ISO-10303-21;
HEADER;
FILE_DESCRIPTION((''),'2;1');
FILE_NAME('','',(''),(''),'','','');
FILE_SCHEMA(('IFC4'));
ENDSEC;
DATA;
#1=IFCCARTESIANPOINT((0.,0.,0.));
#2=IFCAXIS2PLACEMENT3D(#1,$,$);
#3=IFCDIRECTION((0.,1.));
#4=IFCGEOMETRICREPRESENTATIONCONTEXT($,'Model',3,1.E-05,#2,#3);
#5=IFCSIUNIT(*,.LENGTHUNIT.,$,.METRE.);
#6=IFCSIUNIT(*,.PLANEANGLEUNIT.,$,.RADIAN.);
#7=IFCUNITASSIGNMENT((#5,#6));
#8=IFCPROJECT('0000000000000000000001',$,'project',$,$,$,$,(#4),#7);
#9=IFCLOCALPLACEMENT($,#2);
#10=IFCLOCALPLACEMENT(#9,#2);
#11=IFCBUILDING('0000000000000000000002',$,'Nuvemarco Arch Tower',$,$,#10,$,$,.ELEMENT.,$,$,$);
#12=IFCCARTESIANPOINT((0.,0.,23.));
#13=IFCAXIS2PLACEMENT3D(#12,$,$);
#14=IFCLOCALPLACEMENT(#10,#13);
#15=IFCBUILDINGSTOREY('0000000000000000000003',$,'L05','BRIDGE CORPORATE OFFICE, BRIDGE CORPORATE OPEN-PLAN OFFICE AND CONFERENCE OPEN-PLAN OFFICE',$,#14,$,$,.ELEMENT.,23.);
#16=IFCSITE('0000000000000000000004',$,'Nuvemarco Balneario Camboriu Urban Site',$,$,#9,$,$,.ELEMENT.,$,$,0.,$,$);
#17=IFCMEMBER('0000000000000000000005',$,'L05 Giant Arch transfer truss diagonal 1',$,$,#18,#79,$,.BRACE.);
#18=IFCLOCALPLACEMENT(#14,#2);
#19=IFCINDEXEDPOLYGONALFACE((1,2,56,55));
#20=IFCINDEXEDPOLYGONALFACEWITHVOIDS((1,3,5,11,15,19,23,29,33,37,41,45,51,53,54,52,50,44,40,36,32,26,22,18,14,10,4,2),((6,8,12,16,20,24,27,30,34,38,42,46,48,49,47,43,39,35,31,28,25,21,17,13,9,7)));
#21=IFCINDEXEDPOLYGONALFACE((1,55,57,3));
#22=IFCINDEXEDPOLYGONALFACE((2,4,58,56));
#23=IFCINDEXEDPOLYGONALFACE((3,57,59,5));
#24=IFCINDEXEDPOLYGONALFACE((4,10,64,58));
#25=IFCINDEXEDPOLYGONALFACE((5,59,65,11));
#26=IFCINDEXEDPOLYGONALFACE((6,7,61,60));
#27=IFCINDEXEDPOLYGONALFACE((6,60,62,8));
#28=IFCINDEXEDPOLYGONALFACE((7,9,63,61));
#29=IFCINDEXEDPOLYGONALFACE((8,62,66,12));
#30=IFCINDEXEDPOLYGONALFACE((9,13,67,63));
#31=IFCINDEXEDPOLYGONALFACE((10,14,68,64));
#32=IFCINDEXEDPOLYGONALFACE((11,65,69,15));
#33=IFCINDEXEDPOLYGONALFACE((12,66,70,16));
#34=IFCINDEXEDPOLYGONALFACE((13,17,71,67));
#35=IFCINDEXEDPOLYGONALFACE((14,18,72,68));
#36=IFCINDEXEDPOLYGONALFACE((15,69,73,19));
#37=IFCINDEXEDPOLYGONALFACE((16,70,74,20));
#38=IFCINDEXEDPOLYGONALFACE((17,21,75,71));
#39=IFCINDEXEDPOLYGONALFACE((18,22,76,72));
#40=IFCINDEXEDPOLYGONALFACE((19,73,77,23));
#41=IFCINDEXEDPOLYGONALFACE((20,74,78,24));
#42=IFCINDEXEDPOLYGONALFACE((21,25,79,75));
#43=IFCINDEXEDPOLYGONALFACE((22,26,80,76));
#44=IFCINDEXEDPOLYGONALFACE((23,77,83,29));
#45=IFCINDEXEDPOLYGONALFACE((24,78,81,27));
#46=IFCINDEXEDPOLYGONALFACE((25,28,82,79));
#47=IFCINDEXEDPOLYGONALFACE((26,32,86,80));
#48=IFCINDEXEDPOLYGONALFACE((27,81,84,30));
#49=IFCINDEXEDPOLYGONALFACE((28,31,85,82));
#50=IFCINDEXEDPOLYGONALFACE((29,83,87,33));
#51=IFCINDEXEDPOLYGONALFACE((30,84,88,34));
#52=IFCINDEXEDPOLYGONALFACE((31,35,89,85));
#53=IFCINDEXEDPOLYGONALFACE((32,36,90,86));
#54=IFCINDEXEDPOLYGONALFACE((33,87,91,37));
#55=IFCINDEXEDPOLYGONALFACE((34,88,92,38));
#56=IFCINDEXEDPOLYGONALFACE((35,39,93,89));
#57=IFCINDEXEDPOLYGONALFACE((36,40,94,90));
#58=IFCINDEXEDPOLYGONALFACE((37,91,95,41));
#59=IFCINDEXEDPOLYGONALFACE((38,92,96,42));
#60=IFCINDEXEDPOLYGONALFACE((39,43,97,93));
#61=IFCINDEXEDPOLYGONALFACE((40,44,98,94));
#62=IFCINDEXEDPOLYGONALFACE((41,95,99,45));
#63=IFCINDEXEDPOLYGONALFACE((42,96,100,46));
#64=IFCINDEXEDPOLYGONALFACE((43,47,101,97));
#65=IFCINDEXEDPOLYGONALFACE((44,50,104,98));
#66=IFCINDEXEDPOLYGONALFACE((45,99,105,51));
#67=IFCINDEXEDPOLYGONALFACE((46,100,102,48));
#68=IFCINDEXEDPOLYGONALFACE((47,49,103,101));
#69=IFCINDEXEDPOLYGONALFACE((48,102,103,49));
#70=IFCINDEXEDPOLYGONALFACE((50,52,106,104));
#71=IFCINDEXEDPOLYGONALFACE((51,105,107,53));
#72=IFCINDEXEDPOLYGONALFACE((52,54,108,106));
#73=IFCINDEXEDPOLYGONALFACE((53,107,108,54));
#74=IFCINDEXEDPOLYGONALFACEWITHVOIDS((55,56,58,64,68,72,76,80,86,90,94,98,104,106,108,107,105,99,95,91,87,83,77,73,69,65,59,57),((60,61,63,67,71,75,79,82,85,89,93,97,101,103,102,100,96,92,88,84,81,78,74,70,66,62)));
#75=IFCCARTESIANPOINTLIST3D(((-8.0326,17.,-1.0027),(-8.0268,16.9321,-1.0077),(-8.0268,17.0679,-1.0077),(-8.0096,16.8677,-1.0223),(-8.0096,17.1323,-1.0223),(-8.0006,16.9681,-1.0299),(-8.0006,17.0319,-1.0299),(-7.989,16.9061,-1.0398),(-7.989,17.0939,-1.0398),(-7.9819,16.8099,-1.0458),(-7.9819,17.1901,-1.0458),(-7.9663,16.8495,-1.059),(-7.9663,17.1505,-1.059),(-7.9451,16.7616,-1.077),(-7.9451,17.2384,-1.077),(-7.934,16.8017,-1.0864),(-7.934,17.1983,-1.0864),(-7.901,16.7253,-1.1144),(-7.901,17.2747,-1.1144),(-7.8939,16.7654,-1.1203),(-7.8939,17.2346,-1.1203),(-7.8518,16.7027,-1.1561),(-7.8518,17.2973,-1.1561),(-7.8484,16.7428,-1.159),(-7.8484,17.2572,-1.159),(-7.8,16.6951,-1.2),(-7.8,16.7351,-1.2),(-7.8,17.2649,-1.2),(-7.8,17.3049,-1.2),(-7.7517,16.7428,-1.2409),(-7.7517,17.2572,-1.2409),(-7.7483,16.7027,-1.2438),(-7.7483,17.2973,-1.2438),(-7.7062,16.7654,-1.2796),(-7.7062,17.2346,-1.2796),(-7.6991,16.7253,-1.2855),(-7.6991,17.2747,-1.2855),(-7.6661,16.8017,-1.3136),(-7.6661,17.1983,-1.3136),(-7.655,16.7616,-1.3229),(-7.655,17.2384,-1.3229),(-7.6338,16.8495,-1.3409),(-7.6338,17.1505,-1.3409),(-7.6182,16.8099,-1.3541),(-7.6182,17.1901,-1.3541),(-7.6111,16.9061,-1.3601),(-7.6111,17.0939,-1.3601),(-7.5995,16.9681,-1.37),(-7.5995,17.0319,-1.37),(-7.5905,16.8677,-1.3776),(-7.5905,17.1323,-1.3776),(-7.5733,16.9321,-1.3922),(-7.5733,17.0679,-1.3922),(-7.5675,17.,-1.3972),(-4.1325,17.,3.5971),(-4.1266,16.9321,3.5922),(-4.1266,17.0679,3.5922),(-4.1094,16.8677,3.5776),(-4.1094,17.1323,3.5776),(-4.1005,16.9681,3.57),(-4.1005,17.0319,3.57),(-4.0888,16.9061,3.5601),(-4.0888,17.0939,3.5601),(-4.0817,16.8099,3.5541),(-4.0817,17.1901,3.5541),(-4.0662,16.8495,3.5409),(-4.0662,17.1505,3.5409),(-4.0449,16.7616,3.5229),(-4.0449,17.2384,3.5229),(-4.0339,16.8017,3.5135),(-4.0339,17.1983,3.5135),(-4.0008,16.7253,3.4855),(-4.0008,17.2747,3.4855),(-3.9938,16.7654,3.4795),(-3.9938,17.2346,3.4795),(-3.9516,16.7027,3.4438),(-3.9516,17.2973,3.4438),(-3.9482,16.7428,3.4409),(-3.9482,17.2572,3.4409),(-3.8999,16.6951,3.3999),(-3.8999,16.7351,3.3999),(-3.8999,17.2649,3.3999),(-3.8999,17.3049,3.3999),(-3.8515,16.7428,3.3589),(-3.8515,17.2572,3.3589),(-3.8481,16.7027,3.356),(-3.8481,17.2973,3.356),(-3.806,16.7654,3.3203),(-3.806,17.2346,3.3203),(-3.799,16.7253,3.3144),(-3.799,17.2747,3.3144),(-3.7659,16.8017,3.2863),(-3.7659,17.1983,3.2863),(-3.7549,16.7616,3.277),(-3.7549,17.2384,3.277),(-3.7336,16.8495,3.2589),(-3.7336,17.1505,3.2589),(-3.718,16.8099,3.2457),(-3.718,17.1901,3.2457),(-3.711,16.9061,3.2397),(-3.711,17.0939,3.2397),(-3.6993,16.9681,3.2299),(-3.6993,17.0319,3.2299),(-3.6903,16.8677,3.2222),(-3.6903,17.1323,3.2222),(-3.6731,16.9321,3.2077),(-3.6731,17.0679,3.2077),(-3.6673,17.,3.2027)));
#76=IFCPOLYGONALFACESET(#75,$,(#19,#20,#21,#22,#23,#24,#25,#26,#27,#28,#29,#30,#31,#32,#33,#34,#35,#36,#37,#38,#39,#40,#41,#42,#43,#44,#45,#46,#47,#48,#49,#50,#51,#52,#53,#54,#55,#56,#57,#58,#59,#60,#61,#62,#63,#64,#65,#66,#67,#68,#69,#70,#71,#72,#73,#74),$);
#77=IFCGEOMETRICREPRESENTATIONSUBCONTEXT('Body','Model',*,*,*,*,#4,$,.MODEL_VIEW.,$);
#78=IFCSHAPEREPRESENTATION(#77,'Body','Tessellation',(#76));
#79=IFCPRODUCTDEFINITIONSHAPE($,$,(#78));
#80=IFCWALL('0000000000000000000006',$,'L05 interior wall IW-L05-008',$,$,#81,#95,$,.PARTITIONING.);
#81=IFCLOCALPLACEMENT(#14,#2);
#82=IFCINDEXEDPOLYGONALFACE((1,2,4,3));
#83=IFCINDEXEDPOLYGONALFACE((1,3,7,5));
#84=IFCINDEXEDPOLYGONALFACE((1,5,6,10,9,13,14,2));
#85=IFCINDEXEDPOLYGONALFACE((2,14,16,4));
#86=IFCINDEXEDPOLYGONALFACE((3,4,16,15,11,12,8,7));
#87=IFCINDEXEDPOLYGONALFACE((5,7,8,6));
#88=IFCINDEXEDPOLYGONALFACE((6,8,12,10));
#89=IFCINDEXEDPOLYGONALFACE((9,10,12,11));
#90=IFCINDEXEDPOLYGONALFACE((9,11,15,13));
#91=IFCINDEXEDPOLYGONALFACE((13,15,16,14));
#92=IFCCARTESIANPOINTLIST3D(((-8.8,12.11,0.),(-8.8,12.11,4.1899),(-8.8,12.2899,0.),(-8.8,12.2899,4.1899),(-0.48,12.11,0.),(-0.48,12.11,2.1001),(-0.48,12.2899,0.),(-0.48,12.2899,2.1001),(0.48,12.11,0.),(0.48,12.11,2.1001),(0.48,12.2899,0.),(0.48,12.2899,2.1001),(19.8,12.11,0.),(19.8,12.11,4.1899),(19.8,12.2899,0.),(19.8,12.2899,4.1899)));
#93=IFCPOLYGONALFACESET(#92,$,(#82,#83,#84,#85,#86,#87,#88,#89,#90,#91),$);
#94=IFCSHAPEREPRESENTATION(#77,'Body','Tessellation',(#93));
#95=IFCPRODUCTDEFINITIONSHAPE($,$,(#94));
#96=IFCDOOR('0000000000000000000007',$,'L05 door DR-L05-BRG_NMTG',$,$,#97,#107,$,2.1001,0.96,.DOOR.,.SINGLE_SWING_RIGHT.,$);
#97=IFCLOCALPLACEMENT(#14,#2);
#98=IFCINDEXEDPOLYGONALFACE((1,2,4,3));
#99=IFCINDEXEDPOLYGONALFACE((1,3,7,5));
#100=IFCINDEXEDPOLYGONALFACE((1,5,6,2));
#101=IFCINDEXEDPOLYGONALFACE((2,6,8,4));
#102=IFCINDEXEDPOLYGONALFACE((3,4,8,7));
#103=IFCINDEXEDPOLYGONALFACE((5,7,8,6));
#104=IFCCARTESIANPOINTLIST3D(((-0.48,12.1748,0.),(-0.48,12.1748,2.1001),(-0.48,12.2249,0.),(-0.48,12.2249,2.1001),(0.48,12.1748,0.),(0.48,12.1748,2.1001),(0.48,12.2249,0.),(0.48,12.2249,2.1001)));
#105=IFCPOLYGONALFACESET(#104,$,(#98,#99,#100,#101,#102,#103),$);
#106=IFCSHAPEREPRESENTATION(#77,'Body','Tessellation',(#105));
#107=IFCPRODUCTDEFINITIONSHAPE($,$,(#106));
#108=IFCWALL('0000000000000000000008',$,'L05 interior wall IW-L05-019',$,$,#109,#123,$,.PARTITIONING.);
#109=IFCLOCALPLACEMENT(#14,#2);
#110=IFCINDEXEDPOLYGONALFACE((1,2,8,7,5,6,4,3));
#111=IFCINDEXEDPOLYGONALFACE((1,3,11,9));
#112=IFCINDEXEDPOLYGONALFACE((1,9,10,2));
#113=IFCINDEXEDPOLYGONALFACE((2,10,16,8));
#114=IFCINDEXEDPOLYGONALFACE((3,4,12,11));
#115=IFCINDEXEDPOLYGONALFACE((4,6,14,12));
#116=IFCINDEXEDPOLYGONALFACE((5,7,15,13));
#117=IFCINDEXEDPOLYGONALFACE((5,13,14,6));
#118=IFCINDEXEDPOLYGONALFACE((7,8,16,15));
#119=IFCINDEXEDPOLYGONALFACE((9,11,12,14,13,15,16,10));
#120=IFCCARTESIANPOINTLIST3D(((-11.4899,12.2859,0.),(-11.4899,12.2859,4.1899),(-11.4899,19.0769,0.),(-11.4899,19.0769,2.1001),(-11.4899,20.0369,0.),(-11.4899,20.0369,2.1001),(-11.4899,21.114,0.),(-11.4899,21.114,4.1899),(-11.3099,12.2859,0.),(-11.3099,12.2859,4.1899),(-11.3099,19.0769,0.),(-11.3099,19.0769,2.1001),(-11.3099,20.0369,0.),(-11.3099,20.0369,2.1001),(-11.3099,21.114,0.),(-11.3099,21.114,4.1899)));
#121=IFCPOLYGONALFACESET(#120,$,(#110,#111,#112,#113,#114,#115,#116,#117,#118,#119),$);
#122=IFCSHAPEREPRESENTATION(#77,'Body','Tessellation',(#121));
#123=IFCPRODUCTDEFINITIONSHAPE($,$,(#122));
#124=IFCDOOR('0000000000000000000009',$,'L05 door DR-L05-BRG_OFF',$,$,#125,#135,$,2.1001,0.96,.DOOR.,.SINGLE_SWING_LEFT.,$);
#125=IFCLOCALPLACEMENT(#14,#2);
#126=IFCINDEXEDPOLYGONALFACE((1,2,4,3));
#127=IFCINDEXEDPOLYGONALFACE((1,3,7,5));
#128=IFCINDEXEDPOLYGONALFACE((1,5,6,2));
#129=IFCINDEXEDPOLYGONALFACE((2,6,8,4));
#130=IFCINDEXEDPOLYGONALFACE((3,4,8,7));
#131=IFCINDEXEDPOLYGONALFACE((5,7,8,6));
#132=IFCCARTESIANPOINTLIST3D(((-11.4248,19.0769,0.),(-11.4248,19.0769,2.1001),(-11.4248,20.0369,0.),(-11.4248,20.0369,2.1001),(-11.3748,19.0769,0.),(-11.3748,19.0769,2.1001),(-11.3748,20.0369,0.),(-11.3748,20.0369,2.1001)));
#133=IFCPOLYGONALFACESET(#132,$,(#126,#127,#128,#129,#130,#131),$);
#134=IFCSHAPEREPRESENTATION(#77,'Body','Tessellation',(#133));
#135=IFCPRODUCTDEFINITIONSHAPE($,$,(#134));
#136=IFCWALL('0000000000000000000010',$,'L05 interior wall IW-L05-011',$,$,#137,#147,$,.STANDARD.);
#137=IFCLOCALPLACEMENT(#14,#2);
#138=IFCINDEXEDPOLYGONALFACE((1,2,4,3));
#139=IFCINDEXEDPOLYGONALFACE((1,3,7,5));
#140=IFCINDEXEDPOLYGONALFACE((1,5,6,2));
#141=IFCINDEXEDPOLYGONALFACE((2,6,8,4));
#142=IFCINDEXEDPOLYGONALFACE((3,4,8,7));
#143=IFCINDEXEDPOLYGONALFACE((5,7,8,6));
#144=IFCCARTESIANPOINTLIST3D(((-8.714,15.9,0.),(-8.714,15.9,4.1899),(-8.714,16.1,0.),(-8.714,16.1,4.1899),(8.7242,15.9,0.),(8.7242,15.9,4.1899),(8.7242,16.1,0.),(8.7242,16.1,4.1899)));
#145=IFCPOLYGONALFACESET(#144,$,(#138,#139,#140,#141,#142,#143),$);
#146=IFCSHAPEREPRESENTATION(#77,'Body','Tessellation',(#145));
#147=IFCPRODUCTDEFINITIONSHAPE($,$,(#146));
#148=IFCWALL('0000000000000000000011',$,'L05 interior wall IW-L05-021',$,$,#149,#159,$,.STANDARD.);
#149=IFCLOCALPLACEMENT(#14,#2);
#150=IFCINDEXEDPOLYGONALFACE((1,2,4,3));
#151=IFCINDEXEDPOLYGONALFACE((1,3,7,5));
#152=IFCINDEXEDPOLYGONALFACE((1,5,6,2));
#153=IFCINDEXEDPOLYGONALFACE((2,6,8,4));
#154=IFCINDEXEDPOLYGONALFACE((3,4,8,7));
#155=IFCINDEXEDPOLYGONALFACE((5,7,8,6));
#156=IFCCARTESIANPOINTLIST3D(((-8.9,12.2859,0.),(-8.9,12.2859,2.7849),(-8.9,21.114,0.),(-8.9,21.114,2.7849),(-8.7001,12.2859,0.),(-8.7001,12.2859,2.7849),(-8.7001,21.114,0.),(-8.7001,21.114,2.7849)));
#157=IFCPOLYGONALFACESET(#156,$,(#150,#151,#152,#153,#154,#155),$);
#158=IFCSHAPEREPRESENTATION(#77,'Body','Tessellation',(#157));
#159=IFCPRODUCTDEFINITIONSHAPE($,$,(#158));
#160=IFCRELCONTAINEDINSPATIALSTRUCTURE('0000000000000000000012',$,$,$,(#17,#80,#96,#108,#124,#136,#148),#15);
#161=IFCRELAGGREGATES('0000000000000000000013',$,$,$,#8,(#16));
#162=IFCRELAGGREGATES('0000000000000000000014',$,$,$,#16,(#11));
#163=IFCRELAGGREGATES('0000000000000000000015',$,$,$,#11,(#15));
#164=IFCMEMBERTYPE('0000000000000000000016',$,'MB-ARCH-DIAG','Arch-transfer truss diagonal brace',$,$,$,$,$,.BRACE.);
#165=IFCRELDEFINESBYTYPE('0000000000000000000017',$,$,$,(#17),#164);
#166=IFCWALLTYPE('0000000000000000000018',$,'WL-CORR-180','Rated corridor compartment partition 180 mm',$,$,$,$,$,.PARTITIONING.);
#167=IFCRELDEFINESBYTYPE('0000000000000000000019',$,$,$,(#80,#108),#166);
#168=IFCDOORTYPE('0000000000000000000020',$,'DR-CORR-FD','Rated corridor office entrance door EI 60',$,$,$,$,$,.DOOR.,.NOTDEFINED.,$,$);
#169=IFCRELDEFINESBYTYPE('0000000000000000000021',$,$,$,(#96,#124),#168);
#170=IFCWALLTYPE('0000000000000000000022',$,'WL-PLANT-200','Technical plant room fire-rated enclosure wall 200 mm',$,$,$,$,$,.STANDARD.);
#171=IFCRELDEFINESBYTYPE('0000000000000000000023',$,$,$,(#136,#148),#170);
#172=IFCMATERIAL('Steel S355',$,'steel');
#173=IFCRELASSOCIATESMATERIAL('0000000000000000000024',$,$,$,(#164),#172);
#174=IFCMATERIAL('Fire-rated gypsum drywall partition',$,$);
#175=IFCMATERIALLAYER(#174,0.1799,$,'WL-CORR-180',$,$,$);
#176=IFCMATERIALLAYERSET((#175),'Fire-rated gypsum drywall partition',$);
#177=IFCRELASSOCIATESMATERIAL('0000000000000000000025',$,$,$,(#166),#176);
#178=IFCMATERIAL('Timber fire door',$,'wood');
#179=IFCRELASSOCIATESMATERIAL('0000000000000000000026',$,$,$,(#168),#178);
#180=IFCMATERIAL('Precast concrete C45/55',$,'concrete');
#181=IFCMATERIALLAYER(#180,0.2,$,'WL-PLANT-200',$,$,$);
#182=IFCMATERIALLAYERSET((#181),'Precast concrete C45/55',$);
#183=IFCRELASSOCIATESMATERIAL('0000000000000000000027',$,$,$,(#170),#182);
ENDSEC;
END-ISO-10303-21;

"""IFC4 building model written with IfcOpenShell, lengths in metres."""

from ifc_helpers import new_model, si_unit, direction, frame, frame_2d, origin, origin_2d, place, context, subcontext, project, spatial, rectangle, hollow_circle, extrude, source, transform, mapped, material, layer, layer_set, material_profile, profile_set, type_object, type_shapes, element, fill, save


model = new_model("IFC4")

# Units and contexts
model_context = context("Model", 3, precision=1e-05, world=origin(), true_north=direction((0.0, 1.0)))
body_context = subcontext(model_context, "Body", "Model", "MODEL_VIEW")
ifc_project = project(units=[si_unit("LENGTHUNIT", "METRE"), si_unit("PLANEANGLEUNIT", "RADIAN")], contexts=[model_context])

# Site, building, storey
site_placement = place(None, origin())
site = spatial("IfcSite", under=ifc_project, at=site_placement, Name="Nuvemarco Balneario Camboriu Urban Site", CompositionType="ELEMENT", RefElevation=0.0)
building_placement = place(site_placement, origin())
building = spatial("IfcBuilding", under=site, at=building_placement, Name="Nuvemarco Arch Tower", CompositionType="ELEMENT")
storey_placement = place(building_placement, frame((0.0, 0.0, 23.0)))
storey = spatial("IfcBuildingStorey", under=building, at=storey_placement, Name="L05", Description="BRIDGE CORPORATE OFFICE, BRIDGE CORPORATE OPEN-PLAN OFFICE AND CONFERENCE OPEN-PLAN OFFICE", CompositionType="ELEMENT", Elevation=23.0)

# Shared definitions
ifc_material_1 = material(Name="Steel S355", Category="steel")

# Member
ifc_material_profile_1 = material_profile(ifc_material_1, hollow_circle(Radius=0.3049, WallThickness=0.04, at=origin_2d()), Name="CHS610x40")
ifc_profile_set_1 = profile_set([ifc_material_profile_1], Name="Steel S355")
member_type = type_object("IfcMemberType", Name="MB-ARCH-DIAG", Description="Arch-transfer truss diagonal brace", PredefinedType="BRACE", material=ifc_profile_set_1)
member_placement = place(storey_placement, frame((-7.8, 17.0, -1.2), z_axis=(0.646711, 0.0, 0.762735), x_axis=(0.0, 1.0, 0.0)))
element("IfcMember", 1, at=member_placement, inside=storey, type_object=member_type, Name="L05 Giant Arch transfer truss diagonal 1", PredefinedType="BRACE", context=body_context, shape_type="SweptSolid", body=[
    extrude(hollow_circle(Radius=0.3049, WallThickness=0.04, at=origin_2d()), origin(), (0.0, 0.0, 1.0), 6.0308),
])

# Walls, openings, doors
ifc_material_2 = material(Name="Fire-rated gypsum drywall partition")
ifc_layer_1 = layer(ifc_material_2, 0.1799, Name="WL-CORR-180")
ifc_layer_set_1 = layer_set([ifc_layer_1], Name="Fire-rated gypsum drywall partition")
wall_type_1 = type_object("IfcWallType", Name="WL-CORR-180", Description="Rated corridor compartment partition 180 mm", PredefinedType="PARTITIONING", material=ifc_layer_set_1)
wall_1_placement = place(storey_placement, frame((-8.8, 12.2, 0.0), z_axis=(0.0, 0.0, 1.0), x_axis=(1.0, 0.0, 0.0)))
wall_1 = element("IfcWall", 2, at=wall_1_placement, inside=storey, type_object=wall_type_1, Name="L05 interior wall IW-L05-008", PredefinedType="PARTITIONING", context=body_context, shape_type="SweptSolid", body=[
    extrude(rectangle(XDim=28.6001, YDim=0.1799, at=frame_2d((14.3, 0.0))), origin(), (0.0, 0.0, 1.0), 4.1899),
])
opening_1_placement = place(wall_1_placement, frame((8.3201, 0.0, 0.0)))
opening_1 = element("IfcOpeningElement", 3, at=opening_1_placement, cuts=wall_1, PredefinedType="OPENING", context=body_context, shape_type="SweptSolid", body=[
    extrude(rectangle(XDim=0.96, YDim=2.1001, at=frame_2d((0.48, 1.05))), frame((0.0, 0.0999, 0.0), z_axis=(0.0, -1.0, 0.0), x_axis=(1.0, 0.0, 0.0)), (0.0, 0.0, 1.0), 0.2),
])
ifc_material_3 = material(Name="Timber fire door", Category="wood")
door_type = type_object("IfcDoorType", Name="DR-CORR-FD", Description="Rated corridor office entrance door EI 60", OperationType="NOTDEFINED", PredefinedType="DOOR", material=ifc_material_3)
shared_shape = source(origin(), body_context, "Body", "SweptSolid", [
    extrude(rectangle(XDim=0.96, YDim=2.1001, at=frame_2d((0.48, 1.05))), frame((0.0, 0.0249, 0.0), z_axis=(0.0, -1.0, 0.0), x_axis=(1.0, 0.0, 0.0)), (0.0, 0.0, 1.0), 0.05),
])
type_shapes(door_type, [shared_shape])
door_1_placement = place(opening_1_placement, origin())
door_1 = element("IfcDoor", 4, at=door_1_placement, inside=storey, type_object=door_type, Name="L05 door DR-L05-BRG_NMTG", OperationType="SINGLE_SWING_RIGHT", OverallHeight=2.1001, OverallWidth=0.96, PredefinedType="DOOR", context=body_context, shape_type="MappedRepresentation", body=[
    mapped(shared_shape, transform((0.0, 0.0, 0.0), scale=1.0)),
])
fill(opening_1, door_1)
wall_2_placement = place(storey_placement, frame((-11.3999, 12.2859, 0.0), z_axis=(0.0, 0.0, 1.0), x_axis=(0.0, 1.0, 0.0)))
wall_2 = element("IfcWall", 5, at=wall_2_placement, inside=storey, type_object=wall_type_1, Name="L05 interior wall IW-L05-019", PredefinedType="PARTITIONING", context=body_context, shape_type="SweptSolid", body=[
    extrude(rectangle(XDim=8.8281, YDim=0.1799, at=frame_2d((4.4141, 0.0))), origin(), (0.0, 0.0, 1.0), 4.1899),
])
opening_2_placement = place(wall_2_placement, frame((6.791, 0.0, 0.0)))
opening_2 = element("IfcOpeningElement", 6, at=opening_2_placement, cuts=wall_2, PredefinedType="OPENING", context=body_context, shape_type="SweptSolid", body=[
    extrude(rectangle(XDim=0.96, YDim=2.1001, at=frame_2d((0.48, 1.05))), frame((0.0, 0.0999, 0.0), z_axis=(0.0, -1.0, 0.0), x_axis=(1.0, 0.0, 0.0)), (0.0, 0.0, 1.0), 0.2),
])
door_2_placement = place(opening_2_placement, origin())
door_2 = element("IfcDoor", 7, at=door_2_placement, inside=storey, type_object=door_type, Name="L05 door DR-L05-BRG_OFF", OperationType="SINGLE_SWING_LEFT", OverallHeight=2.1001, OverallWidth=0.96, PredefinedType="DOOR", context=body_context, shape_type="MappedRepresentation", body=[
    mapped(shared_shape, transform((0.0, 0.0, 0.0), scale=1.0)),
])
fill(opening_2, door_2)

# Walls
ifc_material_4 = material(Name="Precast concrete C45/55", Category="concrete")
ifc_layer_2 = layer(ifc_material_4, 0.2, Name="WL-PLANT-200")
ifc_layer_set_2 = layer_set([ifc_layer_2], Name="Precast concrete C45/55")
wall_type_2 = type_object("IfcWallType", Name="WL-PLANT-200", Description="Technical plant room fire-rated enclosure wall 200 mm", PredefinedType="STANDARD", material=ifc_layer_set_2)
wall_3_placement = place(storey_placement, frame((-8.7141, 16.0, 0.0), z_axis=(0.0, 0.0, 1.0), x_axis=(1.0, 0.0, 0.0)))
element("IfcWall", 8, at=wall_3_placement, inside=storey, type_object=wall_type_2, Name="L05 interior wall IW-L05-011", PredefinedType="STANDARD", context=body_context, shape_type="SweptSolid", body=[
    extrude(rectangle(XDim=17.4382, YDim=0.2, at=frame_2d((8.7192, 0.0))), origin(), (0.0, 0.0, 1.0), 4.1899),
])
wall_4_placement = place(storey_placement, frame((-8.8, 12.2859, 0.0), z_axis=(0.0, 0.0, 1.0), x_axis=(0.0, 1.0, 0.0)))
element("IfcWall", 9, at=wall_4_placement, inside=storey, type_object=wall_type_2, Name="L05 interior wall IW-L05-021", PredefinedType="STANDARD", context=body_context, shape_type="SweptSolid", body=[
    extrude(rectangle(XDim=8.8281, YDim=0.2, at=frame_2d((4.4141, 0.0))), origin(), (0.0, 0.0, 1.0), 2.7849),
])

save(model, "model.ifc")
